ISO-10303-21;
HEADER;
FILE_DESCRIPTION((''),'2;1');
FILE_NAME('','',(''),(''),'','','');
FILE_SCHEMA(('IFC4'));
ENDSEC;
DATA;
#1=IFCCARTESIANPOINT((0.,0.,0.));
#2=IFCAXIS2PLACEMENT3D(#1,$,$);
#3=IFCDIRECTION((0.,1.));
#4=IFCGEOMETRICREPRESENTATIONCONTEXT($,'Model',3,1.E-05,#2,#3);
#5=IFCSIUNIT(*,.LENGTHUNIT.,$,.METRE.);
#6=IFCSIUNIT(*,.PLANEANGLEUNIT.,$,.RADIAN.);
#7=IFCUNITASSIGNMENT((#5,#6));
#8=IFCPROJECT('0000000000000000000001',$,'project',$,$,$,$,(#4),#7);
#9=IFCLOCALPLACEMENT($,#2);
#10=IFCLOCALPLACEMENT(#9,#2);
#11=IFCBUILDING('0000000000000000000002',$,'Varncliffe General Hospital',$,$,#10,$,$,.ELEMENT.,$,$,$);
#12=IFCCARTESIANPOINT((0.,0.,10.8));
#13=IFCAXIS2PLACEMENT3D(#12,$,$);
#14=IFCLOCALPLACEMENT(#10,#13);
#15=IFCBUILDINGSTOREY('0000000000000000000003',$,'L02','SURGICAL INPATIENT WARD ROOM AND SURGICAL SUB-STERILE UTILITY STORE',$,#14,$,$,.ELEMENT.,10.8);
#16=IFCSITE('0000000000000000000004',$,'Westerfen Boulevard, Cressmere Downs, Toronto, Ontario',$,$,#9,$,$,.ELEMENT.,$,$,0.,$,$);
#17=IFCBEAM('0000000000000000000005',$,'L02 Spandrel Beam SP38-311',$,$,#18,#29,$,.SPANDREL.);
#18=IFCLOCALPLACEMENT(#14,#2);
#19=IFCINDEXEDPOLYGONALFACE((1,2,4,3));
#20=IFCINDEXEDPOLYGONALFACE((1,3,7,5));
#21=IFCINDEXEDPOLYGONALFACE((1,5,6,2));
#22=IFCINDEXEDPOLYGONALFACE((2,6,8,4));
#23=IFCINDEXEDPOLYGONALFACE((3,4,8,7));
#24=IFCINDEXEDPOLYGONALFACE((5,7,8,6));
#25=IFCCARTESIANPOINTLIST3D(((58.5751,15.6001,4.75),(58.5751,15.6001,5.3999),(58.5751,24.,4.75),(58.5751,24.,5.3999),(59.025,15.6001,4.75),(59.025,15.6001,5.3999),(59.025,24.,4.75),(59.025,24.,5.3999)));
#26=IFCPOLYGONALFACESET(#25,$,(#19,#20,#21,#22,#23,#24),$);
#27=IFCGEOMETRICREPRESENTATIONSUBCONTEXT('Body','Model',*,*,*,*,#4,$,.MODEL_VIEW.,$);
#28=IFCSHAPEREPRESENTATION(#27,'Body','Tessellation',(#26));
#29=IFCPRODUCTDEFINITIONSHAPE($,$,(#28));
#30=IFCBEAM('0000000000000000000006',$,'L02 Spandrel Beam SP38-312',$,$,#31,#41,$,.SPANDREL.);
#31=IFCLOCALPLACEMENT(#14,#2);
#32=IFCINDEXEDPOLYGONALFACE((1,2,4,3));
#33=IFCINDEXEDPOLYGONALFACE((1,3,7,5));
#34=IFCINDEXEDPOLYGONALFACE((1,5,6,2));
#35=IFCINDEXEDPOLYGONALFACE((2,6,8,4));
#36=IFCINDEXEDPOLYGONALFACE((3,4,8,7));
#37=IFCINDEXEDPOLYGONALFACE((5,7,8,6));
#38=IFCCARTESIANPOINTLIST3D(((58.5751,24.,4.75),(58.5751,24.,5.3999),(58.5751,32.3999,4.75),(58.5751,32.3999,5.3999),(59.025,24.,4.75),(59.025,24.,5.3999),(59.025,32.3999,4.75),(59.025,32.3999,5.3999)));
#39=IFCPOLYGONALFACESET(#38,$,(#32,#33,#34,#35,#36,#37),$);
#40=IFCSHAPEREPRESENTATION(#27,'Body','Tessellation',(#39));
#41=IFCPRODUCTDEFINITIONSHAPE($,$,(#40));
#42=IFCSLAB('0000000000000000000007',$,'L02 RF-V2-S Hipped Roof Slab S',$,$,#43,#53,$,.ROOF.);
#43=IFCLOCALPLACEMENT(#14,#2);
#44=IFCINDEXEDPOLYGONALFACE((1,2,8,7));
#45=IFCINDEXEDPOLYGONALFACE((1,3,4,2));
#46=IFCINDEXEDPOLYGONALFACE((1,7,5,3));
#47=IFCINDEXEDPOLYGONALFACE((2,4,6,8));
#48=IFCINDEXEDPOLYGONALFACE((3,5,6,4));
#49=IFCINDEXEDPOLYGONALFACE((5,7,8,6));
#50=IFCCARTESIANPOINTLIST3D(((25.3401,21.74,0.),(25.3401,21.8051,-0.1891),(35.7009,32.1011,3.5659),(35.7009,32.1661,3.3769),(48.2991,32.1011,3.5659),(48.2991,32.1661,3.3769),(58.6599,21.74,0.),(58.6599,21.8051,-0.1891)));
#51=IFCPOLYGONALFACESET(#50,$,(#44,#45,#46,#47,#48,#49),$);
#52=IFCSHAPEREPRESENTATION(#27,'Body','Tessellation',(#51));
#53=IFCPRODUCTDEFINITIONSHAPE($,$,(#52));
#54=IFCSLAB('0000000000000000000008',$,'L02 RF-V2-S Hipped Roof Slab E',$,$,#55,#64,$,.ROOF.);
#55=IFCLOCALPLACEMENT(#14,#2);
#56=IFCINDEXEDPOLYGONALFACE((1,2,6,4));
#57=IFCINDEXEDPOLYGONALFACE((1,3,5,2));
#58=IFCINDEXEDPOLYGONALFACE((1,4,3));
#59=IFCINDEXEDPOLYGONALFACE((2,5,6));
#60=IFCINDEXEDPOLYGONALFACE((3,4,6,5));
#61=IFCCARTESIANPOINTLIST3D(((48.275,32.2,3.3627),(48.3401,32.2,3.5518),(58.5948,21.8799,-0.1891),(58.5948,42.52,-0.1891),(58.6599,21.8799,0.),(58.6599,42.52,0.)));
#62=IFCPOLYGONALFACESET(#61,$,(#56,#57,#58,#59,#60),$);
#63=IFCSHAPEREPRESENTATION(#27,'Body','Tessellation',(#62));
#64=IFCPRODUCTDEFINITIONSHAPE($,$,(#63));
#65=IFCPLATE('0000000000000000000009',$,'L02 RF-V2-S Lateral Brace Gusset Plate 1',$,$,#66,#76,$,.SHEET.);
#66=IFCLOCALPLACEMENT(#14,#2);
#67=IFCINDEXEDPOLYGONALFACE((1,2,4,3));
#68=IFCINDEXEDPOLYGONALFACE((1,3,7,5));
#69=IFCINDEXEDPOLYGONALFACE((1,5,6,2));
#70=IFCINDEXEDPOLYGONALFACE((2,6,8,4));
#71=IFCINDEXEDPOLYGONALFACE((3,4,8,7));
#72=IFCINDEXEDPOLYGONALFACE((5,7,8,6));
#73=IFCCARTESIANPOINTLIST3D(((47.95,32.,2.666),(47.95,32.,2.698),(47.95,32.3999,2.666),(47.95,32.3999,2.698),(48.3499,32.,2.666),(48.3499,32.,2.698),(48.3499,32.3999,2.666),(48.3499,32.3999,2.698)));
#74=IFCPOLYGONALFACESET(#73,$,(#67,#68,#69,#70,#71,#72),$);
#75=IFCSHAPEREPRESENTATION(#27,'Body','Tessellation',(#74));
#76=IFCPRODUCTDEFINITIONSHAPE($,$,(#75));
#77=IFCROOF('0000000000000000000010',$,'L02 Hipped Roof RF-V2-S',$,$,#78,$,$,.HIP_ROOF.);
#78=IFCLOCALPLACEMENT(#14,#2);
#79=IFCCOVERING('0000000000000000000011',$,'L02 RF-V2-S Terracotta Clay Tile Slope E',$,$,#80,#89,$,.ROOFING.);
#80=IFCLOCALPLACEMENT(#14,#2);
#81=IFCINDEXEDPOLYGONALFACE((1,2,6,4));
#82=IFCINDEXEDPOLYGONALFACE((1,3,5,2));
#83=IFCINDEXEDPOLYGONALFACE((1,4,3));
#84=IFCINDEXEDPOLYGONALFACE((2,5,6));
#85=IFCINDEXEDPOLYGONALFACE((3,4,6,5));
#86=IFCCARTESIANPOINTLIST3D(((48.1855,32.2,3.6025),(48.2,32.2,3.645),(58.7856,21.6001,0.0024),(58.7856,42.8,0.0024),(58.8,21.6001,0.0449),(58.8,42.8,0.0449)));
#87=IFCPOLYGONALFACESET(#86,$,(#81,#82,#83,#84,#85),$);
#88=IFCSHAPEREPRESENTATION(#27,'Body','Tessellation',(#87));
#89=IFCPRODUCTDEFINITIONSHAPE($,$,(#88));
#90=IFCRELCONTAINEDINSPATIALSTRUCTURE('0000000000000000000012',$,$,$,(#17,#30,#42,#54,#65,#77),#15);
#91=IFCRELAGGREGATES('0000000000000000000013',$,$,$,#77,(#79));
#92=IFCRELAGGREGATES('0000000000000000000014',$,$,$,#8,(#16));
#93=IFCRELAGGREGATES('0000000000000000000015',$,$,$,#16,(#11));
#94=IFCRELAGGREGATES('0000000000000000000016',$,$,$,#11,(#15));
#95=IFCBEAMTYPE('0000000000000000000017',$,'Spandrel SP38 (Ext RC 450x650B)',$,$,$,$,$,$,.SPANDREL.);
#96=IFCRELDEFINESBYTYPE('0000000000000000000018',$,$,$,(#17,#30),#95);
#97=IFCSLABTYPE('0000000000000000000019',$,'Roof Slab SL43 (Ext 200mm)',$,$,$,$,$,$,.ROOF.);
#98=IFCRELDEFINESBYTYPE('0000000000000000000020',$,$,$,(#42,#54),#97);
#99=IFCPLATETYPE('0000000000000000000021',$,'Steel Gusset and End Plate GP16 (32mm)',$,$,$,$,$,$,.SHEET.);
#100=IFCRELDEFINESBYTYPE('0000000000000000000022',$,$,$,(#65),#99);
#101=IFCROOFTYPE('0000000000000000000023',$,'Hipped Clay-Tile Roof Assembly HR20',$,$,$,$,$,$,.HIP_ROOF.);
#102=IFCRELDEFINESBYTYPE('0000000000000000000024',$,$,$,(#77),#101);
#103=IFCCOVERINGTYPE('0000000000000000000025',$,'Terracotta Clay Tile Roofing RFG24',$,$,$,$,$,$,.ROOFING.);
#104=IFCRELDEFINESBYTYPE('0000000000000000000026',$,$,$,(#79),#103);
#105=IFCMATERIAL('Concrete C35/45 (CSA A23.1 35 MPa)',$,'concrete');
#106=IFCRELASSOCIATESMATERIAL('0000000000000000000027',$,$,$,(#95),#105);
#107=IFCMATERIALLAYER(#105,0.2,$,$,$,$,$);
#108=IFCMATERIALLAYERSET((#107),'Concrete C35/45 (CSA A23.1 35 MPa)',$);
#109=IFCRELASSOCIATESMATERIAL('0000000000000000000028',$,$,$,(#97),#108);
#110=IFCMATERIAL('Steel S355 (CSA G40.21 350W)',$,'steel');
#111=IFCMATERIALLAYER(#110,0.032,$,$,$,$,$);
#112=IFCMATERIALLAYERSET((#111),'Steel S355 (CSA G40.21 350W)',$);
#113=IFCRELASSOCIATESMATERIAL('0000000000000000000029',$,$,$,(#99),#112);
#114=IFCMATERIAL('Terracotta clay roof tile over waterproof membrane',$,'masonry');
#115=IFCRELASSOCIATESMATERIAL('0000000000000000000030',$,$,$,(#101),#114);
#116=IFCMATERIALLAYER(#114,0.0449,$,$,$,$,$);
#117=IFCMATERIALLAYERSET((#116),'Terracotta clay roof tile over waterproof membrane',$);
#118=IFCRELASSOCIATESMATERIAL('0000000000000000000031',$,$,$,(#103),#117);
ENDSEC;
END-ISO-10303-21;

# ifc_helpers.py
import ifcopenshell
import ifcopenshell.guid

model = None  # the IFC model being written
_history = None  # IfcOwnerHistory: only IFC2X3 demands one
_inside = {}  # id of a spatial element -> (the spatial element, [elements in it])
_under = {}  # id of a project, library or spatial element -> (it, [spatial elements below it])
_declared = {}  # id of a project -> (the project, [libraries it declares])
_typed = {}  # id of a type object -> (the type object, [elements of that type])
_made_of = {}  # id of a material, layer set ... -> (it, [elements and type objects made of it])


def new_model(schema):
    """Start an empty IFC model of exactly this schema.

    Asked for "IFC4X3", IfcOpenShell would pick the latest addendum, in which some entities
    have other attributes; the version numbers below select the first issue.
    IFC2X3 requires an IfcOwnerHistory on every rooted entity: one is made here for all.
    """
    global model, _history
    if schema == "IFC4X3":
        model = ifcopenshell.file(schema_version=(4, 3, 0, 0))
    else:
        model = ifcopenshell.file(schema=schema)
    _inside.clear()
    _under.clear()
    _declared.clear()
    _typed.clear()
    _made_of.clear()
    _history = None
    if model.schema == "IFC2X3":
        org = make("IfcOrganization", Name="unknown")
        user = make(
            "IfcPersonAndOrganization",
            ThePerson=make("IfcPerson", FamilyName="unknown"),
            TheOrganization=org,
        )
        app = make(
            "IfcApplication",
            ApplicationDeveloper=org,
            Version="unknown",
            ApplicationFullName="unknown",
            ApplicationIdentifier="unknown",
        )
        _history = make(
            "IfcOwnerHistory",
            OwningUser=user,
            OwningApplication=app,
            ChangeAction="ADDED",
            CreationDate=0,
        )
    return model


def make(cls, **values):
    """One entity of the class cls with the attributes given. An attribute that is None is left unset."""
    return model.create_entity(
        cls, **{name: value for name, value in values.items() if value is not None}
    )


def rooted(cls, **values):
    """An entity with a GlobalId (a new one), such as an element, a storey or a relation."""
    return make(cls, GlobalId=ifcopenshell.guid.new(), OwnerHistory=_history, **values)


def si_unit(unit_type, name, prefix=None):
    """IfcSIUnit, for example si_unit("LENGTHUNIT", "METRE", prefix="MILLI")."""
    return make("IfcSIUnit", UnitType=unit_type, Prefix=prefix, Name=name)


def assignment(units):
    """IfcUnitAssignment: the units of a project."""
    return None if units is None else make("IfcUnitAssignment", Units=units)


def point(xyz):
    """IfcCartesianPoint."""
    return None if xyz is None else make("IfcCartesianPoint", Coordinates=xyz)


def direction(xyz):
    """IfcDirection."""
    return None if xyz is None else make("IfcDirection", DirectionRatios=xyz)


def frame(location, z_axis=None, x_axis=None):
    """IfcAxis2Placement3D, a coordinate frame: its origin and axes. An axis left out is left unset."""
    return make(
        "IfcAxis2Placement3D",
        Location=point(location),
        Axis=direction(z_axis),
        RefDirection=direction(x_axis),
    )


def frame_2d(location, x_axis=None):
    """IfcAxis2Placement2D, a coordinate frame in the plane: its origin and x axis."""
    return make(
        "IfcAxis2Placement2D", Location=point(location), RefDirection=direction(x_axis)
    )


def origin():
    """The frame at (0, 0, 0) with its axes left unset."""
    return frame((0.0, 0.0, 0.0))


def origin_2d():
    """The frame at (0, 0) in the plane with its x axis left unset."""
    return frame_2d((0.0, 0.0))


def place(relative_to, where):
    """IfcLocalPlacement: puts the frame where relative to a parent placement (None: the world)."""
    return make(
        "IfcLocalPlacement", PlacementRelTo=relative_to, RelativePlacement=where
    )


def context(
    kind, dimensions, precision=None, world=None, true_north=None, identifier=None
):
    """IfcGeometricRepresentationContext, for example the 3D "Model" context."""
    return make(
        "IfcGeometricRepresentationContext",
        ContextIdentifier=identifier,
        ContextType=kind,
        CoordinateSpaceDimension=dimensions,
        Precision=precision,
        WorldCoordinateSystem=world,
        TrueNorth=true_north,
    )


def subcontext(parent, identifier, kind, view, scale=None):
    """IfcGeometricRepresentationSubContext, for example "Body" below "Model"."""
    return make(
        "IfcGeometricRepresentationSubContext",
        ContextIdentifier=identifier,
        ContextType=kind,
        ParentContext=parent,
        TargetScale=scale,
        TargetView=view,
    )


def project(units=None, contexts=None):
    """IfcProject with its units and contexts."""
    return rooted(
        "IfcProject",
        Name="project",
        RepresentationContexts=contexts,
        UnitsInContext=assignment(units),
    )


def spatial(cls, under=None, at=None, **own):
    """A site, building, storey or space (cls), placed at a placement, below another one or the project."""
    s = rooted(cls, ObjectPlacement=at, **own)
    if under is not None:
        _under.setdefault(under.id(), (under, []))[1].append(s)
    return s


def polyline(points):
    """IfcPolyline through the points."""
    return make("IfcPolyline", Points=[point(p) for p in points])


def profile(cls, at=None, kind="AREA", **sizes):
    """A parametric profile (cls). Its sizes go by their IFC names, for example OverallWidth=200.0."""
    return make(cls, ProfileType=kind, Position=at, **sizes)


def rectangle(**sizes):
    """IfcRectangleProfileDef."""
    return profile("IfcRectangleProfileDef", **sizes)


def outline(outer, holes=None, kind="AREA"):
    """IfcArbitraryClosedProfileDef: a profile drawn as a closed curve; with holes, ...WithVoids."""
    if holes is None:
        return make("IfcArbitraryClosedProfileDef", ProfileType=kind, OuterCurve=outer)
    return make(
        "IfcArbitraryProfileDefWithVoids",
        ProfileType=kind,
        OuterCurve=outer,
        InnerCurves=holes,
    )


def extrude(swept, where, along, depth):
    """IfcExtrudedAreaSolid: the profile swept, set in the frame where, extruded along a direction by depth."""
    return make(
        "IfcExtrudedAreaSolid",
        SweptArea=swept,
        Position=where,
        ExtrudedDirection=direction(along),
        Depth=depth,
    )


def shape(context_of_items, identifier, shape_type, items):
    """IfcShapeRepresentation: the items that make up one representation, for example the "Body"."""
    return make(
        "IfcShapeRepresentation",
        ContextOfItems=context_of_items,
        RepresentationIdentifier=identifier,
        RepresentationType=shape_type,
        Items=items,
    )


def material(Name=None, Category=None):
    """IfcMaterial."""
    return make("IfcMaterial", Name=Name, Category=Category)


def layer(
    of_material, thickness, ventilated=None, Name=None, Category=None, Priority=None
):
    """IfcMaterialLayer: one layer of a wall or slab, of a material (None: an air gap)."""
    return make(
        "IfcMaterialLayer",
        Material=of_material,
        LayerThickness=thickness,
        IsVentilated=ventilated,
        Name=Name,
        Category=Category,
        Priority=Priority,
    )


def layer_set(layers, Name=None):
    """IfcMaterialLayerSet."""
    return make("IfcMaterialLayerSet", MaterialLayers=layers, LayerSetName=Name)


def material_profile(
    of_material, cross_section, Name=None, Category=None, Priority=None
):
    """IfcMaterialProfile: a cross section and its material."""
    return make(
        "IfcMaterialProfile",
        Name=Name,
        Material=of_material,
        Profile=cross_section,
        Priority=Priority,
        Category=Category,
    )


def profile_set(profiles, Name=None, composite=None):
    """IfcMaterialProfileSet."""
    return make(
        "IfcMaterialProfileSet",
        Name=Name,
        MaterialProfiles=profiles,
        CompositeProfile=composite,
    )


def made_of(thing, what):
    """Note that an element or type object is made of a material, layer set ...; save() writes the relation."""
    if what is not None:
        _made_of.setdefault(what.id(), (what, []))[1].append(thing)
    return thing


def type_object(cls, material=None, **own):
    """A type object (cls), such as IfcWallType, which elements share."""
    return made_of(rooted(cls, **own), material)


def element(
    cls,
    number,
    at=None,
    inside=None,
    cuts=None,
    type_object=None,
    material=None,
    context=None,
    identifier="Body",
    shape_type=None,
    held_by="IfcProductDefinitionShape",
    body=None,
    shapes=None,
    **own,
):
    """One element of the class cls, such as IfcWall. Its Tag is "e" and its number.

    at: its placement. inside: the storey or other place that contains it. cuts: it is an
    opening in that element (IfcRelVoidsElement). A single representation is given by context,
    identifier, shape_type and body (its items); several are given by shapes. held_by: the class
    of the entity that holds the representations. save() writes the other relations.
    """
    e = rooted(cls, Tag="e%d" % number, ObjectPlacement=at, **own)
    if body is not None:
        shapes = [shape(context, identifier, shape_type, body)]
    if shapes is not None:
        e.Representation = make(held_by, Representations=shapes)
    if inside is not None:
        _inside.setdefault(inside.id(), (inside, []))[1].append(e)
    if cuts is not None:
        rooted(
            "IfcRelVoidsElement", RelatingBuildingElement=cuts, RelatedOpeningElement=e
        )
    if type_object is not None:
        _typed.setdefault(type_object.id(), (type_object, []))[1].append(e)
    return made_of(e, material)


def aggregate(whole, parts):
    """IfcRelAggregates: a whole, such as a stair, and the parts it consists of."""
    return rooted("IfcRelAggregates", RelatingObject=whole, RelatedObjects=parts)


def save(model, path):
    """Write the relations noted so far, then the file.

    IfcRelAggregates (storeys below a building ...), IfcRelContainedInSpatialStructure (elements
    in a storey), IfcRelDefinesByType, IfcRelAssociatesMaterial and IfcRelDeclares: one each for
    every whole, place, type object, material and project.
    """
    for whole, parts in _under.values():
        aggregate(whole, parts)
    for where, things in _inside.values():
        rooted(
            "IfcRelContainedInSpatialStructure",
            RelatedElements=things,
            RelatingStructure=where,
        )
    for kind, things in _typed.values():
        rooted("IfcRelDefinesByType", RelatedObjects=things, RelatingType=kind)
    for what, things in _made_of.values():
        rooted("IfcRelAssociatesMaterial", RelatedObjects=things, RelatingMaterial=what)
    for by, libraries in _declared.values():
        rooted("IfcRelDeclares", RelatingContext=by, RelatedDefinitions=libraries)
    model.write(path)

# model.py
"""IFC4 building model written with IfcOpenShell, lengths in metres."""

from ifc_helpers import new_model, si_unit, direction, frame, origin, origin_2d, place, context, subcontext, project, spatial, polyline, rectangle, outline, extrude, material, layer, layer_set, material_profile, profile_set, type_object, element, aggregate, save


model = new_model("IFC4")

# Units and contexts
model_context = context("Model", 3, precision=1e-05, world=origin(), true_north=direction((0.0, 1.0)))
body_context = subcontext(model_context, "Body", "Model", "MODEL_VIEW")
ifc_project = project(units=[si_unit("LENGTHUNIT", "METRE"), si_unit("PLANEANGLEUNIT", "RADIAN")], contexts=[model_context])

# Site, building, storey
site_placement = place(None, origin())
site = spatial("IfcSite", under=ifc_project, at=site_placement, Name="Westerfen Boulevard, Cressmere Downs, Toronto, Ontario", CompositionType="ELEMENT", RefElevation=0.0)
building_placement = place(site_placement, origin())
building = spatial("IfcBuilding", under=site, at=building_placement, Name="Varncliffe General Hospital", CompositionType="ELEMENT")
storey_placement = place(building_placement, frame((0.0, 0.0, 10.8)))
storey = spatial("IfcBuildingStorey", under=building, at=storey_placement, Name="L02", Description="SURGICAL INPATIENT WARD ROOM AND SURGICAL SUB-STERILE UTILITY STORE", CompositionType="ELEMENT", Elevation=10.8)

# Shared definitions
ifc_material_1 = material(Name="Steel S355 (CSA G40.21 350W)", Category="steel")

# Beams
ifc_material_2 = material(Name="Concrete C35/45 (CSA A23.1 35 MPa)", Category="concrete")
ifc_material_profile_1 = material_profile(ifc_material_2, rectangle(XDim=0.45, YDim=0.6499, at=origin_2d()), Name="RC 450x650")
ifc_profile_set_1 = profile_set([ifc_material_profile_1], Name="Concrete C35/45 (CSA A23.1 35 MPa)")
beam_type_1 = type_object("IfcBeamType", Name="Spandrel SP38 (Ext RC 450x650B)", PredefinedType="SPANDREL", material=ifc_profile_set_1)
for number, where, z_axis, x_axis, name in (
    (1, (58.8, 15.6001, 5.075), (0.0, 1.0, 0.0), (-1.0, 0.0, 0.0), "L02 Spandrel Beam SP38-311"),
    (2, (58.8, 24.0, 5.075), (0.0, 1.0, 0.0), (-1.0, 0.0, 0.0), "L02 Spandrel Beam SP38-312"),
):
    element("IfcBeam", number, at=place(storey_placement, frame(where, z_axis=z_axis, x_axis=x_axis)), inside=storey, type_object=beam_type_1, Name=name, PredefinedType="SPANDREL", context=body_context, shape_type="SweptSolid", body=[
        extrude(rectangle(XDim=0.45, YDim=0.6499, at=origin_2d()), origin(), (0.0, 0.0, 1.0), 8.3999),
    ])

# Slabs
ifc_layer_1 = layer(ifc_material_2, 0.2)
ifc_layer_set_1 = layer_set([ifc_layer_1], Name="Concrete C35/45 (CSA A23.1 35 MPa)")
slab_type = type_object("IfcSlabType", Name="Roof Slab SL43 (Ext 200mm)", PredefinedType="ROOF", material=ifc_layer_set_1)
slab_1_placement = place(storey_placement, frame((25.3401, 21.74, 0.0), z_axis=(0.0, -0.32543, 0.945566), x_axis=(1.0, 0.0, 0.0)))
element("IfcSlab", 3, at=slab_1_placement, inside=storey, type_object=slab_type, Name="L02 RF-V2-S Hipped Roof Slab S", PredefinedType="ROOF", context=body_context, shape_type="SweptSolid", body=[
    extrude(outline(polyline([(0.0, 0.0), (33.3198, 0.0), (22.959, 10.9575), (10.3608, 10.9575), (0.0, 0.0)])), origin(), (0.0, 0.0, -1.0), 0.2),
])
slab_2_placement = place(storey_placement, frame((58.6599, 21.8799, 0.0), z_axis=(0.325434, 0.0, 0.945565), x_axis=(0.0, 1.0, 0.0)))
element("IfcSlab", 4, at=slab_2_placement, inside=storey, type_object=slab_type, Name="L02 RF-V2-S Hipped Roof Slab E", PredefinedType="ROOF", context=body_context, shape_type="SweptSolid", body=[
    extrude(outline(polyline([(0.0, 0.0), (20.6401, 0.0), (10.3201, 10.9139), (0.0, 0.0)])), origin(), (0.0, 0.0, -1.0), 0.2),
])

# Plate
ifc_layer_2 = layer(ifc_material_1, 0.032)
ifc_layer_set_2 = layer_set([ifc_layer_2], Name="Steel S355 (CSA G40.21 350W)")
plate_type = type_object("IfcPlateType", Name="Steel Gusset and End Plate GP16 (32mm)", PredefinedType="SHEET", material=ifc_layer_set_2)
plate_placement = place(storey_placement, frame((48.1499, 32.2, 2.666), z_axis=(0.0, 0.0, 1.0), x_axis=(1.0, 0.0, 0.0)))
element("IfcPlate", 5, at=plate_placement, inside=storey, type_object=plate_type, Name="L02 RF-V2-S Lateral Brace Gusset Plate 1", PredefinedType="SHEET", context=body_context, shape_type="SweptSolid", body=[
    extrude(rectangle(XDim=0.3999, YDim=0.3999, at=origin_2d()), origin(), (0.0, 0.0, 1.0), 0.032),
])

# Roof, covering
ifc_material_3 = material(Name="Terracotta clay roof tile over waterproof membrane", Category="masonry")
roof_type = type_object("IfcRoofType", Name="Hipped Clay-Tile Roof Assembly HR20", PredefinedType="HIP_ROOF", material=ifc_material_3)
roof_placement = place(storey_placement, origin())
roof = element("IfcRoof", 6, at=roof_placement, inside=storey, type_object=roof_type, Name="L02 Hipped Roof RF-V2-S", PredefinedType="HIP_ROOF")
ifc_layer_3 = layer(ifc_material_3, 0.0449)
ifc_layer_set_3 = layer_set([ifc_layer_3], Name="Terracotta clay roof tile over waterproof membrane")
covering_type = type_object("IfcCoveringType", Name="Terracotta Clay Tile Roofing RFG24", PredefinedType="ROOFING", material=ifc_layer_set_3)
covering_placement = place(storey_placement, frame((58.8, 21.6001, 0.0449), z_axis=(0.321588, 0.0, 0.94688), x_axis=(0.0, 1.0, 0.0)))
covering = element("IfcCovering", 7, at=covering_placement, type_object=covering_type, Name="L02 RF-V2-S Terracotta Clay Tile Slope E", PredefinedType="ROOFING", context=body_context, shape_type="SweptSolid", body=[
    extrude(outline(polyline([(0.0, 0.0), (21.2, 0.0), (10.5999, 11.1948), (0.0, 0.0)])), origin(), (0.0, 0.0, -1.0), 0.0449),
])
aggregate(roof, [covering])

save(model, "model.ifc")
